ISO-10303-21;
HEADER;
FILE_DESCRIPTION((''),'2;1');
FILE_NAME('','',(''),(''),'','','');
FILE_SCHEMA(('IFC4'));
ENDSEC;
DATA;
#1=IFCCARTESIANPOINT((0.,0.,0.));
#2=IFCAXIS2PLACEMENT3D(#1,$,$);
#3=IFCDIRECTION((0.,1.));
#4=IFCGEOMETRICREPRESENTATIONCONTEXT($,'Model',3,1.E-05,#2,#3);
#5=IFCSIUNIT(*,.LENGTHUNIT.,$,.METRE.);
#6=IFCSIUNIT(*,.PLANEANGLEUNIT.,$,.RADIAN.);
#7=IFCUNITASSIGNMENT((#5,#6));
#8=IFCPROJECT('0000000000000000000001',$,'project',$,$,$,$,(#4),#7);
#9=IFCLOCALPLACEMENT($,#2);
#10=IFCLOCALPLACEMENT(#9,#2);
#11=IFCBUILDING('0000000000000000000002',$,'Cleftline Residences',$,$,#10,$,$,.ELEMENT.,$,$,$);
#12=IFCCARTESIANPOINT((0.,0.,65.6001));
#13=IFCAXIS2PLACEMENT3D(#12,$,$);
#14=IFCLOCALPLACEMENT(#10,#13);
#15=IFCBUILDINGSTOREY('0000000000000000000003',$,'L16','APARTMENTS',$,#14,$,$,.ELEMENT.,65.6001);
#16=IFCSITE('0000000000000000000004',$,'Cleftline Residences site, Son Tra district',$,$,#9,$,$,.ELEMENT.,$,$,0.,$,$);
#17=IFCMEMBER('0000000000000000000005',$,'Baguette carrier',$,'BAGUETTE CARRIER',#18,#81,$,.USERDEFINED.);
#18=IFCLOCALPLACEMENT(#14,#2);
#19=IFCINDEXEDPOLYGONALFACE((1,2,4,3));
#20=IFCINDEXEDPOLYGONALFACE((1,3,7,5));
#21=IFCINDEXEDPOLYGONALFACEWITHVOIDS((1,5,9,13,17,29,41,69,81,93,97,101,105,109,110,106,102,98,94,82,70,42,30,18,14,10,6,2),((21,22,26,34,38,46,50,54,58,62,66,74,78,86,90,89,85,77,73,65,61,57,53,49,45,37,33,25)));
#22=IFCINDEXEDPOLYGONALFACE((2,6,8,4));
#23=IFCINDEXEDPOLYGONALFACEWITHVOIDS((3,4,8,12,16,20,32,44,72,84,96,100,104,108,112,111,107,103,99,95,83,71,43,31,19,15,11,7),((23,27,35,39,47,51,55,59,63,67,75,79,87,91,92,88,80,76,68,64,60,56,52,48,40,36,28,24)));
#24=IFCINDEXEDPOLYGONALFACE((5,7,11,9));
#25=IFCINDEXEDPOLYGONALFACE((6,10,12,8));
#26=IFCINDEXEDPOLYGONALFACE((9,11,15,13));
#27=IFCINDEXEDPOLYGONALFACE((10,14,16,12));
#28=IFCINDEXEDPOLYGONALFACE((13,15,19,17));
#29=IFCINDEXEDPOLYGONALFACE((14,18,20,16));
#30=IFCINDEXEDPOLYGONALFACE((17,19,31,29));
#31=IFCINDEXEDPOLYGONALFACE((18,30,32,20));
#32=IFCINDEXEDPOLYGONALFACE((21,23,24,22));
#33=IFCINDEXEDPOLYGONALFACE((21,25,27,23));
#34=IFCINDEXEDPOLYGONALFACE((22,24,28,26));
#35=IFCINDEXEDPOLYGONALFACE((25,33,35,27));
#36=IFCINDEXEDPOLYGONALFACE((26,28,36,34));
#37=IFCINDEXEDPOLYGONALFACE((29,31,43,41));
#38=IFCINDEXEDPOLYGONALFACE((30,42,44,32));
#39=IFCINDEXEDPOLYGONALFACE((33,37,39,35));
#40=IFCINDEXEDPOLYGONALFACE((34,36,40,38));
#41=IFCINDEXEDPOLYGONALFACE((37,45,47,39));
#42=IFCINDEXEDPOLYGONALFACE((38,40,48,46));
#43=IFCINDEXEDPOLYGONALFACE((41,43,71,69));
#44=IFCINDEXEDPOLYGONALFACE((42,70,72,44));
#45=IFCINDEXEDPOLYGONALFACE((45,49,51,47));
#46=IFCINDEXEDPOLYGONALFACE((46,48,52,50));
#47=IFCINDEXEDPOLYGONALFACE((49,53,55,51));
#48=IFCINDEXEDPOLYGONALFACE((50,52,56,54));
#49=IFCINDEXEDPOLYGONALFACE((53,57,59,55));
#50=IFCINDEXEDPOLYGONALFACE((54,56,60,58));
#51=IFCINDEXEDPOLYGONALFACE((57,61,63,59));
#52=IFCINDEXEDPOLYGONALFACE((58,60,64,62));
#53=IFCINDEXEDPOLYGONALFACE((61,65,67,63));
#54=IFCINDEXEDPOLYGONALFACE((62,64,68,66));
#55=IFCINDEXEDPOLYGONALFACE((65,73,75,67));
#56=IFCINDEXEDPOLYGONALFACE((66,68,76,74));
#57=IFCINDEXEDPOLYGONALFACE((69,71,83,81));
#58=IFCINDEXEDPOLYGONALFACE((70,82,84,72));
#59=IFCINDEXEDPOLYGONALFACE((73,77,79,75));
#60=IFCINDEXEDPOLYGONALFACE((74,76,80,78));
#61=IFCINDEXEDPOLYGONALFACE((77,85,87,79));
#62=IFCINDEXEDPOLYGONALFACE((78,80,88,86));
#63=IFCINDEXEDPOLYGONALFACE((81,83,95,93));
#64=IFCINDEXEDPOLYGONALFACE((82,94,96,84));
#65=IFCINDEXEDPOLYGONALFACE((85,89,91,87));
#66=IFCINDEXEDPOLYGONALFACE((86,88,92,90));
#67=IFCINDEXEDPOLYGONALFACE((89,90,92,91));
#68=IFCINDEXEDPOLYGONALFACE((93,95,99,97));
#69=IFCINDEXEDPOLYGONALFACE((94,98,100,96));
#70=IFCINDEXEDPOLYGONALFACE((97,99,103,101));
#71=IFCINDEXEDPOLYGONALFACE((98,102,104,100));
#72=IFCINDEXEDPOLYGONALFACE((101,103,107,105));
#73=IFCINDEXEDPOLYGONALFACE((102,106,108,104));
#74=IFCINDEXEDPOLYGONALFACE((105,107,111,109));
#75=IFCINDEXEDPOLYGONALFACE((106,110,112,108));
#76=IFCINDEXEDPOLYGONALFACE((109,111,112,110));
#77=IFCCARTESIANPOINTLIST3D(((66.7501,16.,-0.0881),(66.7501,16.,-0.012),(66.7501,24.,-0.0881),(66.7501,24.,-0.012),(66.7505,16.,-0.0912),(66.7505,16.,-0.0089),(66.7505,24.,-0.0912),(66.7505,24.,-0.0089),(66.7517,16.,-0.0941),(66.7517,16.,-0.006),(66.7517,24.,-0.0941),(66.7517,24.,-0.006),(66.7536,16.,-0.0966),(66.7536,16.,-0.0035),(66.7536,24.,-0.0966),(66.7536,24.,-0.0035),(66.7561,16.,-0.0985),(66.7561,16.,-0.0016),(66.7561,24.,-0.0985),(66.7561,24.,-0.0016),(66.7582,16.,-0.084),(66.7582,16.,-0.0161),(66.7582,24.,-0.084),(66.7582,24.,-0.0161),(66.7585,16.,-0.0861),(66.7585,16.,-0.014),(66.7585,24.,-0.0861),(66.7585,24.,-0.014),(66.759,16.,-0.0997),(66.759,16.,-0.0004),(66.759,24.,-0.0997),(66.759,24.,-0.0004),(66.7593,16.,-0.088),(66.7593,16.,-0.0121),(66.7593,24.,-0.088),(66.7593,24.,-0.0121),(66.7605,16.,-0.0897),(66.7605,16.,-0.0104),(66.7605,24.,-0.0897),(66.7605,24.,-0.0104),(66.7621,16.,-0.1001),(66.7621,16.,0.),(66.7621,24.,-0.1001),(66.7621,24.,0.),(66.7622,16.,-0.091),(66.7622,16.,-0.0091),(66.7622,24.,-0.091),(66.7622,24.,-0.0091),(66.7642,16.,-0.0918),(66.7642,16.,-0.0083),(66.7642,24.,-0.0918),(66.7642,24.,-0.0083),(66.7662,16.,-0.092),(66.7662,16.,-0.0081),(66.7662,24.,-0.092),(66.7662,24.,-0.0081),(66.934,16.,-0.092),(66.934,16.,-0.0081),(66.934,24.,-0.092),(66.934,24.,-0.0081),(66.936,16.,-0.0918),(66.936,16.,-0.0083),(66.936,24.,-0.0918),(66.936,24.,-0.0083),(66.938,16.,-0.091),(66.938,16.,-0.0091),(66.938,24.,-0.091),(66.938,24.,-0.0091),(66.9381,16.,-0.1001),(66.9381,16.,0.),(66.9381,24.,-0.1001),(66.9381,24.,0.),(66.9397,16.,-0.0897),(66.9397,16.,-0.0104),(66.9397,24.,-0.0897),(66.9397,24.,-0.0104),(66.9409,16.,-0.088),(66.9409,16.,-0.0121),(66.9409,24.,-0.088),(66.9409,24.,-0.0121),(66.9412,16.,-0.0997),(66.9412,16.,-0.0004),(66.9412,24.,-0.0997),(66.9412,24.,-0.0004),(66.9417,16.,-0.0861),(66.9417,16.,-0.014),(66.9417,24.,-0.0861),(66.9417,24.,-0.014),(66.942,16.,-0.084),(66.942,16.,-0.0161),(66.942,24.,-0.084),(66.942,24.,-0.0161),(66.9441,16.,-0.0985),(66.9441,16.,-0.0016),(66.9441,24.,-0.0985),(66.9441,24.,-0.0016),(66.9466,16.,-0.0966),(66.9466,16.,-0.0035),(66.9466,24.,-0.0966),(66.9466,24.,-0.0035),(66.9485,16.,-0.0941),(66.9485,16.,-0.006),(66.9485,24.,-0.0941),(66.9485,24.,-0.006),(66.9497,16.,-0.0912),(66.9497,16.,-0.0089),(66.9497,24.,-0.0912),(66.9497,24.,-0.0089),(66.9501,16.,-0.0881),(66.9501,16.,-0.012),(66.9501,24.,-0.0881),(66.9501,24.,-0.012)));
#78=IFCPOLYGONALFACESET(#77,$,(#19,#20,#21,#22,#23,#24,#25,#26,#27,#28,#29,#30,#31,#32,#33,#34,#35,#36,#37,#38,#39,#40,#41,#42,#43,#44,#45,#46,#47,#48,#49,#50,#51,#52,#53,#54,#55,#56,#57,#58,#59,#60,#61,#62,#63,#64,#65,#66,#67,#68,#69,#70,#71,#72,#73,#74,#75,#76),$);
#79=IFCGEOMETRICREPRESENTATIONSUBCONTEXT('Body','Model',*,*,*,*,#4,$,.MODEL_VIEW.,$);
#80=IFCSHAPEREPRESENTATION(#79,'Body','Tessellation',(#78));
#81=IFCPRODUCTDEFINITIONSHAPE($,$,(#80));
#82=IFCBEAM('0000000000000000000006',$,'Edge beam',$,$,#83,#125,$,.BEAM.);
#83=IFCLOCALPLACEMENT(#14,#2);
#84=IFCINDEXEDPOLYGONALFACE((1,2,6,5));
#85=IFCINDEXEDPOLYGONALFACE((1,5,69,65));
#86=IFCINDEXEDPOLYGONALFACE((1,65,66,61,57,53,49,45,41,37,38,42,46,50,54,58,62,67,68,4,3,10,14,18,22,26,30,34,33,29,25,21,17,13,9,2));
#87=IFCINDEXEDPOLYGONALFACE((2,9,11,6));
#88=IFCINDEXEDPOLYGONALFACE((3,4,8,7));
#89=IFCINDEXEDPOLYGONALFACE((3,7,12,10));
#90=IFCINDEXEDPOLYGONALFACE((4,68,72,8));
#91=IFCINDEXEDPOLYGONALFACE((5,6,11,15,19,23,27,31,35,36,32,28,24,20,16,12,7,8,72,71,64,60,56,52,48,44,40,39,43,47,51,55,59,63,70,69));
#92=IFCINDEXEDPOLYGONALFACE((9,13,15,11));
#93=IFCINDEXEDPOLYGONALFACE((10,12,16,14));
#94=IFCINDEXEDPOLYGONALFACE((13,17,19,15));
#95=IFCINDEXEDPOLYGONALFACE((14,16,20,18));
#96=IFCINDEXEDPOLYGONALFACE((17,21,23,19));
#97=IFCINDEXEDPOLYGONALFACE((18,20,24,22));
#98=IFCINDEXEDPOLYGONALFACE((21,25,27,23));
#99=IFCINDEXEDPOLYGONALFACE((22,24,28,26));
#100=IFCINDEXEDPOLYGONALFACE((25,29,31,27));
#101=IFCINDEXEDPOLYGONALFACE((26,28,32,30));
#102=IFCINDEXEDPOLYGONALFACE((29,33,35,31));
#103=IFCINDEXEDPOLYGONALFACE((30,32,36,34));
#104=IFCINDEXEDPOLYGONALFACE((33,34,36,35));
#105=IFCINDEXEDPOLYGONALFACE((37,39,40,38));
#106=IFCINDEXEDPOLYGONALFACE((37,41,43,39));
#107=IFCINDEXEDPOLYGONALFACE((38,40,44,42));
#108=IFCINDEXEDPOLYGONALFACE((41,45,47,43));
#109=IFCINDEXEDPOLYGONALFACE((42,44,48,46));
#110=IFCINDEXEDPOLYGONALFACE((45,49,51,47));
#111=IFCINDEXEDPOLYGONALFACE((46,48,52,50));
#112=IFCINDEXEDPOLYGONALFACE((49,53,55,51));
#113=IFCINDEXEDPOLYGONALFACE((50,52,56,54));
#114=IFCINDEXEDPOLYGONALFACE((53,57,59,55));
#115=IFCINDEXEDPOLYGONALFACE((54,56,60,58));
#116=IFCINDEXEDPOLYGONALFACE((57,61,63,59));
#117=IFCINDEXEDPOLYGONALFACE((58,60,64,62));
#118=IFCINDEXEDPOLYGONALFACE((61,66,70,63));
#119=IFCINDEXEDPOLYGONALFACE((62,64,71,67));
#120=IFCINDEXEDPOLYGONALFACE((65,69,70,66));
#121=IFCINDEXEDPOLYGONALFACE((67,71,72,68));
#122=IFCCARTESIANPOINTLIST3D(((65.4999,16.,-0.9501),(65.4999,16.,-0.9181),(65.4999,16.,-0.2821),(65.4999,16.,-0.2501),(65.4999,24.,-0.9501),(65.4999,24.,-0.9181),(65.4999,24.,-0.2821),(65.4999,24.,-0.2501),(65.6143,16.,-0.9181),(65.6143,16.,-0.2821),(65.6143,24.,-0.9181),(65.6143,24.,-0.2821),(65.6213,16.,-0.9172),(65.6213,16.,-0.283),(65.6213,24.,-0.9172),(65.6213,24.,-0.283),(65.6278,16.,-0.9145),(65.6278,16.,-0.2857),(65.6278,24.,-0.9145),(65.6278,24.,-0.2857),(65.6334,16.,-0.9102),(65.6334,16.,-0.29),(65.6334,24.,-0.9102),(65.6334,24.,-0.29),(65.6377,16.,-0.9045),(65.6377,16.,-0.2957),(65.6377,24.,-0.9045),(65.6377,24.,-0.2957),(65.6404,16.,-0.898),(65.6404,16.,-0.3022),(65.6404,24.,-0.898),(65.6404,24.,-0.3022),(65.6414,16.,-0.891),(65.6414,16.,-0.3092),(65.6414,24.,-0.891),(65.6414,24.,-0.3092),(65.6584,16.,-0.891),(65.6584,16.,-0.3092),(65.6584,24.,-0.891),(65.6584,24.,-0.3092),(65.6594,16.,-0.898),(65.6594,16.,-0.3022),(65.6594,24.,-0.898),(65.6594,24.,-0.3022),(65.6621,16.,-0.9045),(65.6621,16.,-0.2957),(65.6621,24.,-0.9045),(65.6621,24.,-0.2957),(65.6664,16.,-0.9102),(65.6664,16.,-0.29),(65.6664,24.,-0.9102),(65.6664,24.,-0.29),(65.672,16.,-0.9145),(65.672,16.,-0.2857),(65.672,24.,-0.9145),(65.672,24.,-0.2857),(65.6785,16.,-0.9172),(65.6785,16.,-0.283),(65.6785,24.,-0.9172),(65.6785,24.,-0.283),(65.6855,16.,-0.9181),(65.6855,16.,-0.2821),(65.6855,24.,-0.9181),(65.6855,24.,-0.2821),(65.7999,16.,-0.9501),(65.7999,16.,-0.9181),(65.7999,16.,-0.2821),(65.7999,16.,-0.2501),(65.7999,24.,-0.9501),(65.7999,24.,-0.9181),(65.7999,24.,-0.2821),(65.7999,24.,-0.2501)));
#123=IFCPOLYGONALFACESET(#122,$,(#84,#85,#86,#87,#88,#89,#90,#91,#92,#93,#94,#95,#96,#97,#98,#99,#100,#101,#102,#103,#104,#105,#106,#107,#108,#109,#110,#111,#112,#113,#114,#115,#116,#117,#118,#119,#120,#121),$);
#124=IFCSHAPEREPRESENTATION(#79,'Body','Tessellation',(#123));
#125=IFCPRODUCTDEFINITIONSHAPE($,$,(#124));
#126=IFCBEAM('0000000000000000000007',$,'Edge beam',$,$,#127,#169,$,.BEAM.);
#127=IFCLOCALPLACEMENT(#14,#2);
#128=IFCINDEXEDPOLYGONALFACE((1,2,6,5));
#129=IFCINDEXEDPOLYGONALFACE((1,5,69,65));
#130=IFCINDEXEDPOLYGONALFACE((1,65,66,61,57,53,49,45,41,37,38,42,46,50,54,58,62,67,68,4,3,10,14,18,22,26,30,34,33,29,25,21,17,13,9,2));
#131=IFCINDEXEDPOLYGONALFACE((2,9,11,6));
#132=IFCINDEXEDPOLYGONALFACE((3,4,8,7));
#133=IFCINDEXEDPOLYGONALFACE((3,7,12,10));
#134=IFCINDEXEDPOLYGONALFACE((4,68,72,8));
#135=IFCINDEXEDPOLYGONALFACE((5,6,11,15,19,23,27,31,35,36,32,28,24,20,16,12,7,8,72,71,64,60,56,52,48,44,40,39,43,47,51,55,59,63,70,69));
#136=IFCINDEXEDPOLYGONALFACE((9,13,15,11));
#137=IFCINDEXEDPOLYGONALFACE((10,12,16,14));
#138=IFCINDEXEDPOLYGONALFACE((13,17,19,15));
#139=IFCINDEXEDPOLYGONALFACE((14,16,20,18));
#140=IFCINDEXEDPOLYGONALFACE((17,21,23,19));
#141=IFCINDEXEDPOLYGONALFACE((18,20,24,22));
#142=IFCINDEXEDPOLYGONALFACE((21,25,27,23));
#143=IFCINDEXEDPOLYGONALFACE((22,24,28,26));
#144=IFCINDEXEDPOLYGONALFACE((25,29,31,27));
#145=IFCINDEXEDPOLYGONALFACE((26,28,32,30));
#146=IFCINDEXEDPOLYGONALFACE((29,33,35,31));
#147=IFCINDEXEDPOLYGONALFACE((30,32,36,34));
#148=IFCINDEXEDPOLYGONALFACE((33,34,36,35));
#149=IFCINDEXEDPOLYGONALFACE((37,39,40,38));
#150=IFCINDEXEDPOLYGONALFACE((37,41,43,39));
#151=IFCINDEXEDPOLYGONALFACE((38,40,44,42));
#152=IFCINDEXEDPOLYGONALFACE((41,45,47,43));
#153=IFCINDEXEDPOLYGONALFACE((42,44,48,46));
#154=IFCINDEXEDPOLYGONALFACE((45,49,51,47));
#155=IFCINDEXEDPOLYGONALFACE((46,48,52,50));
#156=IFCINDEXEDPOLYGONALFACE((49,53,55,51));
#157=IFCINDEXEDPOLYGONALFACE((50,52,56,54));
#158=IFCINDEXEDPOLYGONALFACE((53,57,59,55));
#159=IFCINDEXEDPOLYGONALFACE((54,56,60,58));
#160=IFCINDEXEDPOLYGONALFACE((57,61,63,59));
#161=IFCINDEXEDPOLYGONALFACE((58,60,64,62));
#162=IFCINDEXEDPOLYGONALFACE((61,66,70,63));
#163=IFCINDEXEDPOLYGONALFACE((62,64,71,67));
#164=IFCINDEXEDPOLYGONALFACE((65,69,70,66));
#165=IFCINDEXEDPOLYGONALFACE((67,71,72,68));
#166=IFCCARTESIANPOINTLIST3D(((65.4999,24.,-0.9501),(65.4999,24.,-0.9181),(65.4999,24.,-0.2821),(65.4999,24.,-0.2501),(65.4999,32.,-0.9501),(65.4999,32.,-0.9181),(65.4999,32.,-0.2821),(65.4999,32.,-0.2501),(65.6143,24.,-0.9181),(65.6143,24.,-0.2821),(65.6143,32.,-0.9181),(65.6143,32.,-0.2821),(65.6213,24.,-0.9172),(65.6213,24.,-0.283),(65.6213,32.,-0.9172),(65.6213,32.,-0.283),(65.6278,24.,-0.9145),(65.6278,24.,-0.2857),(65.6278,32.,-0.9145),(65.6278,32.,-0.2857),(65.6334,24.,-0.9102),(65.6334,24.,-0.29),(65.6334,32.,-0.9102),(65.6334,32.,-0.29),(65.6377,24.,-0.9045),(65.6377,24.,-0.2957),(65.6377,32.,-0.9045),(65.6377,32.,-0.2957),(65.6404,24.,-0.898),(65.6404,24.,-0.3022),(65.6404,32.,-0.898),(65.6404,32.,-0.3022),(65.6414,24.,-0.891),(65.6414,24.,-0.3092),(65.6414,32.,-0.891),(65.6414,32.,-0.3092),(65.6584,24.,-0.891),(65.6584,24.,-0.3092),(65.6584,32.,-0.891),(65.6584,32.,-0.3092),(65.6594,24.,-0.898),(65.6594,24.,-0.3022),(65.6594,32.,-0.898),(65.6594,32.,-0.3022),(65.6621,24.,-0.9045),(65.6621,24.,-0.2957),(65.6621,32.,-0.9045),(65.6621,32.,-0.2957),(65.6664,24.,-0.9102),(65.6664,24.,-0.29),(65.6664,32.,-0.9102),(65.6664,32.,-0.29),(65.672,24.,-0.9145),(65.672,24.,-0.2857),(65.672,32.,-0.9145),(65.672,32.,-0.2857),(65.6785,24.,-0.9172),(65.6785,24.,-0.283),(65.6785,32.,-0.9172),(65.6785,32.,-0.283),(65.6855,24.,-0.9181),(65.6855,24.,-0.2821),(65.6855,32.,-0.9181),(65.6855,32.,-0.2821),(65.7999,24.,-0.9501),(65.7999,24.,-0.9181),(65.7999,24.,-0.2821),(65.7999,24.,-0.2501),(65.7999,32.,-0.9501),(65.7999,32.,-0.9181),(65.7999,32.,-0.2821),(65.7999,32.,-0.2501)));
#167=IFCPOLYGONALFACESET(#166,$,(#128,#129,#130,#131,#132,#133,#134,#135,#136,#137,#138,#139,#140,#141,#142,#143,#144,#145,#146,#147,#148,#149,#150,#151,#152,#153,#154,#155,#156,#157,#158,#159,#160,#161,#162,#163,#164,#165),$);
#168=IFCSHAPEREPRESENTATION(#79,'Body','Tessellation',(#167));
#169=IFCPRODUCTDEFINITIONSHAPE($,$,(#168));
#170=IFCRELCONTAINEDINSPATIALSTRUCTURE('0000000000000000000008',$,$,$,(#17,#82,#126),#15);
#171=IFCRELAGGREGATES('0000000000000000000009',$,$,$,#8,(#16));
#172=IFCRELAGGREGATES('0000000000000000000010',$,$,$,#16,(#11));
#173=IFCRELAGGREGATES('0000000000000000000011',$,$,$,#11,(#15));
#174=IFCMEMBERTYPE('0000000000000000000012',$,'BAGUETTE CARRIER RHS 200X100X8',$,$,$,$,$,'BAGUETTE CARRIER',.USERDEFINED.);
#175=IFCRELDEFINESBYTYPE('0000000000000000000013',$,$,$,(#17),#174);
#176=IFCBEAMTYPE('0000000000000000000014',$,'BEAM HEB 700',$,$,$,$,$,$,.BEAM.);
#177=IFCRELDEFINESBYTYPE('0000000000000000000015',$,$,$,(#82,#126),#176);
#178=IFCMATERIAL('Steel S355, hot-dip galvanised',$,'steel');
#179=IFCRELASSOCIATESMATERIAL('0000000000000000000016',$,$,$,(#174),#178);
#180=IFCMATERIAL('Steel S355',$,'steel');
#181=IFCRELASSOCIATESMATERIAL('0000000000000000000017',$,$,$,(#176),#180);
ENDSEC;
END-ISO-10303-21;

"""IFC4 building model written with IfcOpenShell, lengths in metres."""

from ifc_helpers import new_model, si_unit, direction, frame, origin, origin_2d, place, context, subcontext, project, spatial, hollow_rectangle, i_section, extrude, material, material_profile, profile_set, type_object, element, save


model = new_model("IFC4")

# Units and contexts
model_context = context("Model", 3, precision=1e-05, world=origin(), true_north=direction((0.0, 1.0)))
body_context = subcontext(model_context, "Body", "Model", "MODEL_VIEW")
ifc_project = project(units=[si_unit("LENGTHUNIT", "METRE"), si_unit("PLANEANGLEUNIT", "RADIAN")], contexts=[model_context])

# Site, building, storey
site_placement = place(None, origin())
site = spatial("IfcSite", under=ifc_project, at=site_placement, Name="Cleftline Residences site, Son Tra district", CompositionType="ELEMENT", RefElevation=0.0)
building_placement = place(site_placement, origin())
building = spatial("IfcBuilding", under=site, at=building_placement, Name="Cleftline Residences", CompositionType="ELEMENT")
storey_placement = place(building_placement, frame((0.0, 0.0, 65.6001)))
storey = spatial("IfcBuildingStorey", under=building, at=storey_placement, Name="L16", Description="APARTMENTS", CompositionType="ELEMENT", Elevation=65.6001)

# Member
ifc_material_1 = material(Name="Steel S355, hot-dip galvanised", Category="steel")
ifc_material_profile_1 = material_profile(ifc_material_1, hollow_rectangle(XDim=0.1001, YDim=0.2, WallThickness=0.0081, InnerFilletRadius=0.0081, OuterFilletRadius=0.012, at=origin_2d()))
ifc_profile_set_1 = profile_set([ifc_material_profile_1], Name="Steel S355, hot-dip galvanised")
member_type_1 = type_object("IfcMemberType", Name="BAGUETTE CARRIER RHS 200X100X8", ElementType="BAGUETTE CARRIER", PredefinedType="USERDEFINED", material=ifc_profile_set_1)
member_1_placement = place(storey_placement, frame((66.8501, 16.0, -0.05), z_axis=(0.0, 1.0, 0.0), x_axis=(0.0, 0.0, 1.0)))
element("IfcMember", 1, at=member_1_placement, inside=storey, type_object=member_type_1, Name="Baguette carrier", ObjectType="BAGUETTE CARRIER", PredefinedType="USERDEFINED", context=body_context, shape_type="SweptSolid", body=[
    extrude(hollow_rectangle(XDim=0.1001, YDim=0.2, WallThickness=0.0081, InnerFilletRadius=0.0081, OuterFilletRadius=0.012, at=origin_2d()), origin(), (0.0, 0.0, 1.0), 8.0),
])

# Beams
ifc_material_2 = material(Name="Steel S355", Category="steel")
ifc_material_profile_2 = material_profile(ifc_material_2, i_section(OverallWidth=0.3, OverallDepth=0.7, WebThickness=0.0171, FlangeThickness=0.032, FilletRadius=0.0271, at=origin_2d()))
ifc_profile_set_2 = profile_set([ifc_material_profile_2], Name="Steel S355")
beam_type_1 = type_object("IfcBeamType", Name="BEAM HEB 700", PredefinedType="BEAM", material=ifc_profile_set_2)
for number, where, z_axis, x_axis, name in (
    (2, (65.6499, 16.0, -0.6001), (0.0, 1.0, 0.0), (-1.0, 0.0, 0.0), "Edge beam"),
    (3, (65.6499, 24.0, -0.6001), (0.0, 1.0, 0.0), (-1.0, 0.0, 0.0), "Edge beam"),
):
    element("IfcBeam", number, at=place(storey_placement, frame(where, z_axis=z_axis, x_axis=x_axis)), inside=storey, type_object=beam_type_1, Name=name, PredefinedType="BEAM", context=body_context, shape_type="SweptSolid", body=[
        extrude(i_section(OverallWidth=0.3, OverallDepth=0.7, WebThickness=0.0171, FlangeThickness=0.032, FilletRadius=0.0271, at=origin_2d()), origin(), (0.0, 0.0, 1.0), 8.0),
    ])

save(model, "model.ifc")
